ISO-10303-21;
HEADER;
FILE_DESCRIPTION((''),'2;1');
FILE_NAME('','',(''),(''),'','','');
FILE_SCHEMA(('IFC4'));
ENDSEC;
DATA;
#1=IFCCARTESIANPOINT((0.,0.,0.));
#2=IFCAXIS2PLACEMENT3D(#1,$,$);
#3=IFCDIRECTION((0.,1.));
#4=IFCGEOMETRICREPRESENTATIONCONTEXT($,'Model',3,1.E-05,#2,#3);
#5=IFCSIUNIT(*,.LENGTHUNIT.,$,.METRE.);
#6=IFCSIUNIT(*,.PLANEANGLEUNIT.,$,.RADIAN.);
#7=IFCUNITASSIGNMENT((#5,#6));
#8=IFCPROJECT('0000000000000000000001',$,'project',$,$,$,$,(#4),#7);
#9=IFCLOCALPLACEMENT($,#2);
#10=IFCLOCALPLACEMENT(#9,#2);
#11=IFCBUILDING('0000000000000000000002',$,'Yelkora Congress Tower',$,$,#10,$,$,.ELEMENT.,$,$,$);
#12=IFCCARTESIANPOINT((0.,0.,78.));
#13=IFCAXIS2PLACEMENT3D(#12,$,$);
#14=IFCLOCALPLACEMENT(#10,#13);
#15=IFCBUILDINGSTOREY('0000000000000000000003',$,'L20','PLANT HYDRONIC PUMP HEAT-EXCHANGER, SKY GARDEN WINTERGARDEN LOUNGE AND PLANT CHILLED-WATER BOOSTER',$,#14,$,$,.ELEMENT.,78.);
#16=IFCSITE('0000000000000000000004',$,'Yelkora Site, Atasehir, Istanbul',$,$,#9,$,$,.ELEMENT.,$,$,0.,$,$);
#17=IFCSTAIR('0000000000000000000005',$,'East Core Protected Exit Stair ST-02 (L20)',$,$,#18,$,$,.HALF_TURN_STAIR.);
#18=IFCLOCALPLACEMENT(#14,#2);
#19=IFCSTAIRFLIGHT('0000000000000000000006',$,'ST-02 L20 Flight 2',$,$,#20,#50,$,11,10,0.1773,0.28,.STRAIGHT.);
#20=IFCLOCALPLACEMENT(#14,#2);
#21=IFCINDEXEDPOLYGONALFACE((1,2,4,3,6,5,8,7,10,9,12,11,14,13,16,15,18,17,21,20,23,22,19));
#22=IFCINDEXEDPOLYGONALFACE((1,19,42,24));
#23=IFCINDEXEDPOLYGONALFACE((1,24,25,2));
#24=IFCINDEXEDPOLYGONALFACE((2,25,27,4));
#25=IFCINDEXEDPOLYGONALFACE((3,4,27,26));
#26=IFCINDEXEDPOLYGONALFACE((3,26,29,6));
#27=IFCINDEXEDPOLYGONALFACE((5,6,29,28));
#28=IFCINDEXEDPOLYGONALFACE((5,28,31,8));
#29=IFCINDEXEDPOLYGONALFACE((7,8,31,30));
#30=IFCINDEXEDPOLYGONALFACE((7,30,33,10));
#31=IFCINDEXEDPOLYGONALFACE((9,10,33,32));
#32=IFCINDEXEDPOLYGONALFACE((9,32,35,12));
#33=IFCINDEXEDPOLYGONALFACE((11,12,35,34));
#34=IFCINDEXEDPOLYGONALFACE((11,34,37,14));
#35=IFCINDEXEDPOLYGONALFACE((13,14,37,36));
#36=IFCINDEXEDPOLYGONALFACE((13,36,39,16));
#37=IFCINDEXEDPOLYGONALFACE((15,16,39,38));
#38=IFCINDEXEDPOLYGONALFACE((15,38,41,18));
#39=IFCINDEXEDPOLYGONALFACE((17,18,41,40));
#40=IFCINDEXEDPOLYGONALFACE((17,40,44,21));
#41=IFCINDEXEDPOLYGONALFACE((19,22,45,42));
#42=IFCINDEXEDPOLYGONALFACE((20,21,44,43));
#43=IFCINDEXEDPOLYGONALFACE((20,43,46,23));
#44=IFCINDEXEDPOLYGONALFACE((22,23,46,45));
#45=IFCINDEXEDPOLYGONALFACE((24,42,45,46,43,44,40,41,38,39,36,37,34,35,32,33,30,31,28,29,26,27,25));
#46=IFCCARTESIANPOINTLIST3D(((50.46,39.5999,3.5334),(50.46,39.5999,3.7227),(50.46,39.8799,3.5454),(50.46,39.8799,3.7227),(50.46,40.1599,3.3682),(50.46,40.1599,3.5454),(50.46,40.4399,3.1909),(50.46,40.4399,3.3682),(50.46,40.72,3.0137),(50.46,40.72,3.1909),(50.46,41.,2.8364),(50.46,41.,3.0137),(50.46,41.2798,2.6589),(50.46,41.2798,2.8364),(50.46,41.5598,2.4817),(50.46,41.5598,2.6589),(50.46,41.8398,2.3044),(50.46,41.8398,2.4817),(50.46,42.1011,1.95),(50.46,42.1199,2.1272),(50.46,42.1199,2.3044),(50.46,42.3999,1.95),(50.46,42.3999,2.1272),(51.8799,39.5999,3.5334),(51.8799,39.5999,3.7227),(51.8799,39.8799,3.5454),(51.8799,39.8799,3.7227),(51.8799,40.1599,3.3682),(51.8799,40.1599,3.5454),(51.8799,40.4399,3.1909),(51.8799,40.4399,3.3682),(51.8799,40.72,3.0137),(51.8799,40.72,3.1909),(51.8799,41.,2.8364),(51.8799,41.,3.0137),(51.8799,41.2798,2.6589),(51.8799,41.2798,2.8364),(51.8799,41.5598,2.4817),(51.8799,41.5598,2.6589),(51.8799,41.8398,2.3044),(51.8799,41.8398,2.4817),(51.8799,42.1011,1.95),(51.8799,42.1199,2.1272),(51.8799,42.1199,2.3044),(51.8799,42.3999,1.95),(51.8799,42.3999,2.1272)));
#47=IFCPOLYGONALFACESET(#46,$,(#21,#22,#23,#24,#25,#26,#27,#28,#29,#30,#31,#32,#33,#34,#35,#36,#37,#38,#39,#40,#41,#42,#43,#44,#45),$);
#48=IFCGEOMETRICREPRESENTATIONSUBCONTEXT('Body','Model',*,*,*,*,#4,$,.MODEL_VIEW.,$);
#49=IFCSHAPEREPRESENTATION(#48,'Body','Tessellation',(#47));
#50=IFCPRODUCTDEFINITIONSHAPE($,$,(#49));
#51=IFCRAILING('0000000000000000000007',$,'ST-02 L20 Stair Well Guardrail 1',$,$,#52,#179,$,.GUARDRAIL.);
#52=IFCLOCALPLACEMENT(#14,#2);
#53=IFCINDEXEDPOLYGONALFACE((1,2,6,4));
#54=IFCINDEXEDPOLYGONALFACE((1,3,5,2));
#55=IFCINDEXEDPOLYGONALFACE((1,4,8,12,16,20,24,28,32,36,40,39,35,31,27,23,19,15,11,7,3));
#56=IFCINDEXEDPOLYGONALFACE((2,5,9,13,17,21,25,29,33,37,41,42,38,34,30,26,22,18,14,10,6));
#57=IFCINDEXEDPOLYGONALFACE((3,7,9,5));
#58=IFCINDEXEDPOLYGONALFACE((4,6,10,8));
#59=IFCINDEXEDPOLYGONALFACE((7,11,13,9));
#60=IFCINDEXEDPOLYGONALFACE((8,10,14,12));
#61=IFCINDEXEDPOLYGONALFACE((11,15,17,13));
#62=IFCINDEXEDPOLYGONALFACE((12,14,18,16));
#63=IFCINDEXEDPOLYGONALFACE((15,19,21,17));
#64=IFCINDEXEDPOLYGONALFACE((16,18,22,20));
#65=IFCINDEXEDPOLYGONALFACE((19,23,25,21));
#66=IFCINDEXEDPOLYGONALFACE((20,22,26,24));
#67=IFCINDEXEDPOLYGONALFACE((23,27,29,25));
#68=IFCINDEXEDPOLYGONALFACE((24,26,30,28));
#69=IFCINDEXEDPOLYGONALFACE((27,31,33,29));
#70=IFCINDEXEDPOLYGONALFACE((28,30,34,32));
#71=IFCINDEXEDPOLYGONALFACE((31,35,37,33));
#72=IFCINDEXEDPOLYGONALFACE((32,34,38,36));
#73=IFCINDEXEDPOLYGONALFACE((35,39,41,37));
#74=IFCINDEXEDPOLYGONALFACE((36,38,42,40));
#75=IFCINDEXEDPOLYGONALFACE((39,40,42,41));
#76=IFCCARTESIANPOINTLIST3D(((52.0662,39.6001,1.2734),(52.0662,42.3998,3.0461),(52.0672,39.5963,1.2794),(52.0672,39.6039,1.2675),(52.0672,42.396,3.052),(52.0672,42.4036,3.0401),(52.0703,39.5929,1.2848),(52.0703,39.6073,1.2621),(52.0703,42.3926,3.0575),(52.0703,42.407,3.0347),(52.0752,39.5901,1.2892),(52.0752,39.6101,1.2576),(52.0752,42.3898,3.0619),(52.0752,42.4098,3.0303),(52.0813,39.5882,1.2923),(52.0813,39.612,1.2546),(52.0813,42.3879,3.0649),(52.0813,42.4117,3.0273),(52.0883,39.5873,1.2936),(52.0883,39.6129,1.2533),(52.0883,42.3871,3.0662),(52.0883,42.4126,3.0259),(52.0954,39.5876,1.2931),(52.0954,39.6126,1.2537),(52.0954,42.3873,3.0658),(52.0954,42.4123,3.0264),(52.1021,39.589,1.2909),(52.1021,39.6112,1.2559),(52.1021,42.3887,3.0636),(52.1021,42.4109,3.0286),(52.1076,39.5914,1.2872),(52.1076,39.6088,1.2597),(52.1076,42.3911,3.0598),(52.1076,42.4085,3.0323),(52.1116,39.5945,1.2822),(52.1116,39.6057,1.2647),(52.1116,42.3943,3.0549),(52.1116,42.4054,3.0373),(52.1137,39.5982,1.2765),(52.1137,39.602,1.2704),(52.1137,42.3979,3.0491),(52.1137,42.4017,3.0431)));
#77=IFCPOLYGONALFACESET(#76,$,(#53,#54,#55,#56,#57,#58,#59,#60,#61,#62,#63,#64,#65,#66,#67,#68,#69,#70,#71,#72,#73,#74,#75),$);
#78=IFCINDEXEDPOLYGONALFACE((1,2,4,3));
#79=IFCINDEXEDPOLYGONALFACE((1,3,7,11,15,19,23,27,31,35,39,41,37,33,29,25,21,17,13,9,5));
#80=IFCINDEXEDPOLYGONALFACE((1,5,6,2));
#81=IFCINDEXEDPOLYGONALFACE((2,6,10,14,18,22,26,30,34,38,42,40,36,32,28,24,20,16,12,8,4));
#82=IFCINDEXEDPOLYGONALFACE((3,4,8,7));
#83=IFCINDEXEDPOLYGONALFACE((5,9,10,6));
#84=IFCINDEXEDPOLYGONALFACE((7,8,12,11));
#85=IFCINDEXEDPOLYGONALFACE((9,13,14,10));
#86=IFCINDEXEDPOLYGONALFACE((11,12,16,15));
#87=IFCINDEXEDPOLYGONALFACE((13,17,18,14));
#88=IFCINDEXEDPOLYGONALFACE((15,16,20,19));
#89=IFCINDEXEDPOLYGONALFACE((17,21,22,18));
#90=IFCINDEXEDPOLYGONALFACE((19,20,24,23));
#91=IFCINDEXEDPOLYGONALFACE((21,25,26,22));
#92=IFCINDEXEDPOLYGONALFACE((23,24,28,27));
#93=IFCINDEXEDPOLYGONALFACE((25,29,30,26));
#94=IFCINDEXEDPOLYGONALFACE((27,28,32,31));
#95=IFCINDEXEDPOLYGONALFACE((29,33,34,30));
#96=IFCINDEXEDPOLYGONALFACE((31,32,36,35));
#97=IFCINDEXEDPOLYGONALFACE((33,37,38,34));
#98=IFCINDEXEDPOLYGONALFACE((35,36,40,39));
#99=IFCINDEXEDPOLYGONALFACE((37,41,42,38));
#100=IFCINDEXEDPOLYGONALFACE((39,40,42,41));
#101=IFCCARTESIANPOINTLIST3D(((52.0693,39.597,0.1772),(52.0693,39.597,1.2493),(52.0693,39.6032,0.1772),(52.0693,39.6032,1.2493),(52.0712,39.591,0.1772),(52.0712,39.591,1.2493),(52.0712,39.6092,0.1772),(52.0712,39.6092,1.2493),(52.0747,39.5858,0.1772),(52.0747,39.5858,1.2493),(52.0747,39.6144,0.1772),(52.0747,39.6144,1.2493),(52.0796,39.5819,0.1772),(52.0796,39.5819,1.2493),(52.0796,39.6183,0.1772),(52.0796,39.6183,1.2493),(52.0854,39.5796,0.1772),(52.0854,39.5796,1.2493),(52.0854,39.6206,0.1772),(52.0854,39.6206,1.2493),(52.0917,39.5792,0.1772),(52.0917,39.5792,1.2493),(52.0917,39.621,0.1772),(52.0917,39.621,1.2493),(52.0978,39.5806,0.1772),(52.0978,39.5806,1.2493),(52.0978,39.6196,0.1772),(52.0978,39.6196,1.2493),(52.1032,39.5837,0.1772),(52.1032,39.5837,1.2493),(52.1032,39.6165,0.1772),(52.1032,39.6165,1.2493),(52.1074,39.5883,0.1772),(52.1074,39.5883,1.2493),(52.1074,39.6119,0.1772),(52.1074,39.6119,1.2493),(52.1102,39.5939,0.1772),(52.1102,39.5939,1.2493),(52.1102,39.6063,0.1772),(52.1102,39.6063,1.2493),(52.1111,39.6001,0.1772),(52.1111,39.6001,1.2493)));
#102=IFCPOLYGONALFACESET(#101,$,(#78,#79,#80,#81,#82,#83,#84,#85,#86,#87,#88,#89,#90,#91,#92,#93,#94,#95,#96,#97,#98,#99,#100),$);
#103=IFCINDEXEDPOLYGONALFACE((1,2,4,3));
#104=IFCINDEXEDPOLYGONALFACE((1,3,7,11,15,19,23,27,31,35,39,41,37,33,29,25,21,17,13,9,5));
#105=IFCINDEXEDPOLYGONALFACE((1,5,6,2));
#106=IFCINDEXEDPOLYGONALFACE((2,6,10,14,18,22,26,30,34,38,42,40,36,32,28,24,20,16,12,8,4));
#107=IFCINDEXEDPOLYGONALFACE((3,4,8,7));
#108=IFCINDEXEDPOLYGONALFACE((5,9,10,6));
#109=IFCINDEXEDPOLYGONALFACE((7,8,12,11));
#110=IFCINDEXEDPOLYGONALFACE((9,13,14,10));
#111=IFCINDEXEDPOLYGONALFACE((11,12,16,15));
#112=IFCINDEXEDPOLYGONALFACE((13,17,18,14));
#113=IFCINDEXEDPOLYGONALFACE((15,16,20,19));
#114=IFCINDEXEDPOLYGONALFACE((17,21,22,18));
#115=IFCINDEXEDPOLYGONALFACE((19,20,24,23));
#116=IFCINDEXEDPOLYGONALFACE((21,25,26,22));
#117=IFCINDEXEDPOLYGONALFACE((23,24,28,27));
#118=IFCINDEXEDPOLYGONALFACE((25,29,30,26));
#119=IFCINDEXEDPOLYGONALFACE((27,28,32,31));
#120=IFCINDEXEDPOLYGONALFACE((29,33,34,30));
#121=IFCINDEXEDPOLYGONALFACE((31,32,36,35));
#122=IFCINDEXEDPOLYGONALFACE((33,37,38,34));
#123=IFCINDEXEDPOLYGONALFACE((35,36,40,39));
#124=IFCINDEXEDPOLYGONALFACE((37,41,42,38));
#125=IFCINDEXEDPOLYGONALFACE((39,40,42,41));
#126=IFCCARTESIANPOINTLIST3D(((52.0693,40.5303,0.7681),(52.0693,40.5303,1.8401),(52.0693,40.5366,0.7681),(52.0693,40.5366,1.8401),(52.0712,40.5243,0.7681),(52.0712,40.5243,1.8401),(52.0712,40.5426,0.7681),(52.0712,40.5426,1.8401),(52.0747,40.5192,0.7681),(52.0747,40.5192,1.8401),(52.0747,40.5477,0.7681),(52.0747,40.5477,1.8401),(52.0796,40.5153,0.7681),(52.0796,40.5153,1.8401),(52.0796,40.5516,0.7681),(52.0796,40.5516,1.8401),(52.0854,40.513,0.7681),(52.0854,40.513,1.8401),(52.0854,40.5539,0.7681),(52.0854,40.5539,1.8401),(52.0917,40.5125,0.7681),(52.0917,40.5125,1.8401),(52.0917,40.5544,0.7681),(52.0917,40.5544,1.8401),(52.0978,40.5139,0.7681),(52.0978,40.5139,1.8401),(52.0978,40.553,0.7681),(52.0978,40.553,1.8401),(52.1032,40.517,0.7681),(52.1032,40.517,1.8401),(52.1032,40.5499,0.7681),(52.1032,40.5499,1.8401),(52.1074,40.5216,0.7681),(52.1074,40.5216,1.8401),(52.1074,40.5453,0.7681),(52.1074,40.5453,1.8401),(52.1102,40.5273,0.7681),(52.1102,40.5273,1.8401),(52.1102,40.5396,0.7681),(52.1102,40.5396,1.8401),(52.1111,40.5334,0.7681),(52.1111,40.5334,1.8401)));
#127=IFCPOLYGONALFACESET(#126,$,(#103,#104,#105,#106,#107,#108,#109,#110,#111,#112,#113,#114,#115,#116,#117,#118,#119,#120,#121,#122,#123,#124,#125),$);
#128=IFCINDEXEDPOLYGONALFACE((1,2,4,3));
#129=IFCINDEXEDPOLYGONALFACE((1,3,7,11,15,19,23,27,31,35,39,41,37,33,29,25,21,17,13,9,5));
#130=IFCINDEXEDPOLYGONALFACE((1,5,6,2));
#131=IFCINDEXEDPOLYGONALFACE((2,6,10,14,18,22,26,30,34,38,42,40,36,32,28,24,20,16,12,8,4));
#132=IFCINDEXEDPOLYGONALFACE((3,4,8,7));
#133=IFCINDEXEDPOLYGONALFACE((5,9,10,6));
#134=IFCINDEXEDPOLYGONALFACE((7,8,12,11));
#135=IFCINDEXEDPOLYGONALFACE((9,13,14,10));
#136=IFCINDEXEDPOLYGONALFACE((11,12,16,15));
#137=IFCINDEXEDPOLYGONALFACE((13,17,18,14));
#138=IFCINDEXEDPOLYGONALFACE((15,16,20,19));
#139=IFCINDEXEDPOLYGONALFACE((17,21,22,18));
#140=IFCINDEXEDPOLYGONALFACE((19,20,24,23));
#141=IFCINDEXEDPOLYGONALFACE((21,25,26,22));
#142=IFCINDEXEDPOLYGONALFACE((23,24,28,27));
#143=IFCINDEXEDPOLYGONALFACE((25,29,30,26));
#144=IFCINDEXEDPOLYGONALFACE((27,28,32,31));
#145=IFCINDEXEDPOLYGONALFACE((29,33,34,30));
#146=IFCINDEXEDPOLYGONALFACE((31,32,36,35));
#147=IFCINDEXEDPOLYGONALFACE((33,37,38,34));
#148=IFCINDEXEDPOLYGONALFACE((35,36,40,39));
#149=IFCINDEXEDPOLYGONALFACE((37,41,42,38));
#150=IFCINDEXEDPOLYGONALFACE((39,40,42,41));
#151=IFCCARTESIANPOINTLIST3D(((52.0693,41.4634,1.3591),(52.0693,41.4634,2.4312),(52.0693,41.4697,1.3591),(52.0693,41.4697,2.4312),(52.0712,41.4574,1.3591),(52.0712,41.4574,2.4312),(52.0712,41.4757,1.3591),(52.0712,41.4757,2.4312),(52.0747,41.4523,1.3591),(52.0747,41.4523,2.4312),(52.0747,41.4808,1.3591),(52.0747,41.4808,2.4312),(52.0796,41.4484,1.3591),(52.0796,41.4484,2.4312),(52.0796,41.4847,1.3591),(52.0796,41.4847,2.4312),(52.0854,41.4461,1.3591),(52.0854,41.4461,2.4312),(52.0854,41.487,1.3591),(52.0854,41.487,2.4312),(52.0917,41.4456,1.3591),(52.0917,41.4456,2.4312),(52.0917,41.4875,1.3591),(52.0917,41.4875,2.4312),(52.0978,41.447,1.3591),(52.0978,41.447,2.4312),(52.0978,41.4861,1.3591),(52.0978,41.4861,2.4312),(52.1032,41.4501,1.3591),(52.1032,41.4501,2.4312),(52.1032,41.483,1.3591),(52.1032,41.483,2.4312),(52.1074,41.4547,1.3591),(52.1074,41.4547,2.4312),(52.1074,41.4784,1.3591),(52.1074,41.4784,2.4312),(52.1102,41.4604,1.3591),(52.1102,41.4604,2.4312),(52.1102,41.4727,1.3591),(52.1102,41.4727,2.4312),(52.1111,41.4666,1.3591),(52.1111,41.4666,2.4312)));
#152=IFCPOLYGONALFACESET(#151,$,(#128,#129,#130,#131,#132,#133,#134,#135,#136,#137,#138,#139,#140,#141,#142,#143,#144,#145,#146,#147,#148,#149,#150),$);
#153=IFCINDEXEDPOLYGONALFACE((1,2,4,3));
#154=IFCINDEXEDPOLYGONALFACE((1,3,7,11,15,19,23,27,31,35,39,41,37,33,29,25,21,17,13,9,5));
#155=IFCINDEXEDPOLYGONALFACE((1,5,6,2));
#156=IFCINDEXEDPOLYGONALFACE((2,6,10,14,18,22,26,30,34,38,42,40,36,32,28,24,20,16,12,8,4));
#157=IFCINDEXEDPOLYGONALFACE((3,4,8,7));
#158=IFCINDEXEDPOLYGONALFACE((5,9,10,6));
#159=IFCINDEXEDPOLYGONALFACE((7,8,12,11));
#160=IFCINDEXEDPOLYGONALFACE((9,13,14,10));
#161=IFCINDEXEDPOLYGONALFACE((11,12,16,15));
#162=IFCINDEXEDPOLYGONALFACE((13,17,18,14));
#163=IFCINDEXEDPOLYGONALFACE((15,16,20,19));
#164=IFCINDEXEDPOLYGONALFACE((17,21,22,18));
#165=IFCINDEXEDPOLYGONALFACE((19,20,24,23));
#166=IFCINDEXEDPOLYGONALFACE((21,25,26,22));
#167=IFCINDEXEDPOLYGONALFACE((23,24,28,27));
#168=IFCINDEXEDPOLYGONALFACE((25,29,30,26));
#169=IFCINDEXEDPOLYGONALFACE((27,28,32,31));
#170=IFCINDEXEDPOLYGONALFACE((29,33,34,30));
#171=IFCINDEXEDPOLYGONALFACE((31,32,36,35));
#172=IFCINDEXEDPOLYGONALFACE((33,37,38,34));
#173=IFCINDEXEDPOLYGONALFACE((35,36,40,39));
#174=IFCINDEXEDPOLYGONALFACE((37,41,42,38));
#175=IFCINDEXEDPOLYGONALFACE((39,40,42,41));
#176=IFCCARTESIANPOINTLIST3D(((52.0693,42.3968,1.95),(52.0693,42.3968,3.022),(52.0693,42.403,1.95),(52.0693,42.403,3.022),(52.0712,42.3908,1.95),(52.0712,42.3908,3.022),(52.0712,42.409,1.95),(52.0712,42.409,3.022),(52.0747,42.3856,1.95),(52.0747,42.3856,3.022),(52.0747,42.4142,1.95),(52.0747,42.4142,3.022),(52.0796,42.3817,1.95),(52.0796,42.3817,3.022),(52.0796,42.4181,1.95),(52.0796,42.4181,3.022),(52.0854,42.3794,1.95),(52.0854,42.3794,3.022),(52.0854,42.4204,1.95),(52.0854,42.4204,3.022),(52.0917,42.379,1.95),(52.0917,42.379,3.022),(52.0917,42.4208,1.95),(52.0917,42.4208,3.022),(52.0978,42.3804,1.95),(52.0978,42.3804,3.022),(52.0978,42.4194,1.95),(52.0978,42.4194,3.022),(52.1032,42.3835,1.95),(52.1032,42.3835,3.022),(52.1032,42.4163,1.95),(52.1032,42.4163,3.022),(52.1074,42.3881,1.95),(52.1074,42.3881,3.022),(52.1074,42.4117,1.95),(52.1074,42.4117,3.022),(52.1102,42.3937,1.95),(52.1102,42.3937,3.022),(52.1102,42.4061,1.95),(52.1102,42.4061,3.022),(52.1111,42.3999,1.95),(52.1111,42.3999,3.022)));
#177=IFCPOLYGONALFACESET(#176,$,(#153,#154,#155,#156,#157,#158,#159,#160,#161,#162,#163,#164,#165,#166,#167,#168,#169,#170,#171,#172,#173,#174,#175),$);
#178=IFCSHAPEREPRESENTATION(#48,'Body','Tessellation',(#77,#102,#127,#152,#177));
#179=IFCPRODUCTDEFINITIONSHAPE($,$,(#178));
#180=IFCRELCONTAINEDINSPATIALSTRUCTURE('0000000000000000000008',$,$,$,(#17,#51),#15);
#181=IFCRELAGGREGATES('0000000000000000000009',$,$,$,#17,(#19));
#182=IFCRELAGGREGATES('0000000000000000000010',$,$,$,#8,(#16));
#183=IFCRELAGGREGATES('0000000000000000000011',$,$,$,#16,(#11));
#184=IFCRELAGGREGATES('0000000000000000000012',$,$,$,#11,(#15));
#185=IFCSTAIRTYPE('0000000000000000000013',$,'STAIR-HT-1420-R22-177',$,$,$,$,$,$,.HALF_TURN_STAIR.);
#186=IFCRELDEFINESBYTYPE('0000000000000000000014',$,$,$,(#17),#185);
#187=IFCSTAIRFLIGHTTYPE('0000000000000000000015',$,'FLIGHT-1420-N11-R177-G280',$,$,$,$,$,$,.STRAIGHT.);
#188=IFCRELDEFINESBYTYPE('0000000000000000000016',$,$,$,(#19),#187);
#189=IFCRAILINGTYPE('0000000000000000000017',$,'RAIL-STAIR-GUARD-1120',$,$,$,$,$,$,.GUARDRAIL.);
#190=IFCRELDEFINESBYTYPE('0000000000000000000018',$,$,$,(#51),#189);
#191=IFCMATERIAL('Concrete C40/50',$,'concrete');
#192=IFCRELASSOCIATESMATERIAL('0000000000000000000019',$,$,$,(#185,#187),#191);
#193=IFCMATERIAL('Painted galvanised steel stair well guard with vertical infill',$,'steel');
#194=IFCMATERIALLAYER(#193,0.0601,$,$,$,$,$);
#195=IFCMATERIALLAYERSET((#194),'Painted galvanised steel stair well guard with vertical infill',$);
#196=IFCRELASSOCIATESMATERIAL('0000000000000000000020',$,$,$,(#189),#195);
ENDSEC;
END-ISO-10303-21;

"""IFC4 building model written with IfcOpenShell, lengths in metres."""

from ifc_helpers import new_model, si_unit, direction, frame, origin, origin_2d, place, context, subcontext, project, spatial, polyline, circle, outline, extrude, material, layer, layer_set, type_object, element, aggregate, save


model = new_model("IFC4")

# Units and contexts
model_context = context("Model", 3, precision=1e-05, world=origin(), true_north=direction((0.0, 1.0)))
body_context = subcontext(model_context, "Body", "Model", "MODEL_VIEW")
ifc_project = project(units=[si_unit("LENGTHUNIT", "METRE"), si_unit("PLANEANGLEUNIT", "RADIAN")], contexts=[model_context])

# Site, building, storey
site_placement = place(None, origin())
site = spatial("IfcSite", under=ifc_project, at=site_placement, Name="Yelkora Site, Atasehir, Istanbul", CompositionType="ELEMENT", RefElevation=0.0)
building_placement = place(site_placement, origin())
building = spatial("IfcBuilding", under=site, at=building_placement, Name="Yelkora Congress Tower", CompositionType="ELEMENT")
storey_placement = place(building_placement, frame((0.0, 0.0, 78.0)))
storey = spatial("IfcBuildingStorey", under=building, at=storey_placement, Name="L20", Description="PLANT HYDRONIC PUMP HEAT-EXCHANGER, SKY GARDEN WINTERGARDEN LOUNGE AND PLANT CHILLED-WATER BOOSTER", CompositionType="ELEMENT", Elevation=78.0)

# Stair, stair flight
ifc_material_1 = material(Name="Concrete C40/50", Category="concrete")
stair_type = type_object("IfcStairType", Name="STAIR-HT-1420-R22-177", PredefinedType="HALF_TURN_STAIR", material=ifc_material_1)
stair_placement = place(storey_placement, origin())
stair = element("IfcStair", 1, at=stair_placement, inside=storey, type_object=stair_type, Name="East Core Protected Exit Stair ST-02 (L20)", PredefinedType="HALF_TURN_STAIR")
stair_flight_type = type_object("IfcStairFlightType", Name="FLIGHT-1420-N11-R177-G280", PredefinedType="STRAIGHT", material=ifc_material_1)
stair_flight_1_placement = place(storey_placement, frame((51.1699, 42.3999, 1.95), z_axis=(0.0, 0.0, 1.0), x_axis=(0.0, -1.0, 0.0)))
stair_flight_1 = element("IfcStairFlight", 2, at=stair_flight_1_placement, type_object=stair_flight_type, Name="ST-02 L20 Flight 2", NumberOfRisers=11, NumberOfTreads=10, PredefinedType="STRAIGHT", RiserHeight=0.1773, TreadLength=0.28, context=body_context, shape_type="SweptSolid", body=[
    extrude(outline(polyline([(0.0, 0.0), (0.0, 0.1772), (0.28, 0.1772), (0.28, 0.3545), (0.5601, 0.3545), (0.5601, 0.5317), (0.8401, 0.5317), (0.8401, 0.709), (1.1201, 0.709), (1.1201, 0.8865), (1.3999, 0.8865), (1.3999, 1.0637), (1.6799, 1.0637), (1.6799, 1.241), (1.96, 1.241), (1.96, 1.4182), (2.24, 1.4182), (2.24, 1.5955), (2.52, 1.5955), (2.52, 1.7727), (2.8, 1.7727), (2.8, 1.95), (2.8, 1.5835), (0.2988, 0.0), (0.0, 0.0)])), frame((0.0, 0.71, 0.0), z_axis=(0.0, -1.0, 0.0), x_axis=(1.0, 0.0, 0.0)), (0.0, 0.0, 1.0), 1.4199),
])
aggregate(stair, [stair_flight_1])

# Railing
ifc_material_2 = material(Name="Painted galvanised steel stair well guard with vertical infill", Category="steel")
ifc_layer_1 = layer(ifc_material_2, 0.0601)
ifc_layer_set_1 = layer_set([ifc_layer_1], Name="Painted galvanised steel stair well guard with vertical infill")
railing_type_1 = type_object("IfcRailingType", Name="RAIL-STAIR-GUARD-1120", PredefinedType="GUARDRAIL", material=ifc_layer_set_1)
railing_1_placement = place(storey_placement, frame((52.0901, 39.6001, 0.1772)))
element("IfcRailing", 3, at=railing_1_placement, inside=storey, type_object=railing_type_1, Name="ST-02 L20 Stair Well Guardrail 1", PredefinedType="GUARDRAIL", context=body_context, shape_type="SweptSolid", body=[
    extrude(circle(Radius=0.0239, at=origin_2d()), frame((0.0, 0.0, 1.0962), z_axis=(0.0, 0.844888, 0.534943), x_axis=(-1.0, 0.0, 0.0)), (0.0, 0.0, 1.0), 3.3137),
    extrude(circle(Radius=0.021, at=origin_2d()), origin(), (0.0, 0.0, 1.0), 1.072),
    extrude(circle(Radius=0.021, at=origin_2d()), frame((0.0, 0.9333, 0.5908)), (0.0, 0.0, 1.0), 1.072),
    extrude(circle(Radius=0.021, at=origin_2d()), frame((0.0, 1.8665, 1.1819)), (0.0, 0.0, 1.0), 1.072),
    extrude(circle(Radius=0.021, at=origin_2d()), frame((0.0, 2.7998, 1.7727)), (0.0, 0.0, 1.0), 1.072),
])

save(model, "model.ifc")
